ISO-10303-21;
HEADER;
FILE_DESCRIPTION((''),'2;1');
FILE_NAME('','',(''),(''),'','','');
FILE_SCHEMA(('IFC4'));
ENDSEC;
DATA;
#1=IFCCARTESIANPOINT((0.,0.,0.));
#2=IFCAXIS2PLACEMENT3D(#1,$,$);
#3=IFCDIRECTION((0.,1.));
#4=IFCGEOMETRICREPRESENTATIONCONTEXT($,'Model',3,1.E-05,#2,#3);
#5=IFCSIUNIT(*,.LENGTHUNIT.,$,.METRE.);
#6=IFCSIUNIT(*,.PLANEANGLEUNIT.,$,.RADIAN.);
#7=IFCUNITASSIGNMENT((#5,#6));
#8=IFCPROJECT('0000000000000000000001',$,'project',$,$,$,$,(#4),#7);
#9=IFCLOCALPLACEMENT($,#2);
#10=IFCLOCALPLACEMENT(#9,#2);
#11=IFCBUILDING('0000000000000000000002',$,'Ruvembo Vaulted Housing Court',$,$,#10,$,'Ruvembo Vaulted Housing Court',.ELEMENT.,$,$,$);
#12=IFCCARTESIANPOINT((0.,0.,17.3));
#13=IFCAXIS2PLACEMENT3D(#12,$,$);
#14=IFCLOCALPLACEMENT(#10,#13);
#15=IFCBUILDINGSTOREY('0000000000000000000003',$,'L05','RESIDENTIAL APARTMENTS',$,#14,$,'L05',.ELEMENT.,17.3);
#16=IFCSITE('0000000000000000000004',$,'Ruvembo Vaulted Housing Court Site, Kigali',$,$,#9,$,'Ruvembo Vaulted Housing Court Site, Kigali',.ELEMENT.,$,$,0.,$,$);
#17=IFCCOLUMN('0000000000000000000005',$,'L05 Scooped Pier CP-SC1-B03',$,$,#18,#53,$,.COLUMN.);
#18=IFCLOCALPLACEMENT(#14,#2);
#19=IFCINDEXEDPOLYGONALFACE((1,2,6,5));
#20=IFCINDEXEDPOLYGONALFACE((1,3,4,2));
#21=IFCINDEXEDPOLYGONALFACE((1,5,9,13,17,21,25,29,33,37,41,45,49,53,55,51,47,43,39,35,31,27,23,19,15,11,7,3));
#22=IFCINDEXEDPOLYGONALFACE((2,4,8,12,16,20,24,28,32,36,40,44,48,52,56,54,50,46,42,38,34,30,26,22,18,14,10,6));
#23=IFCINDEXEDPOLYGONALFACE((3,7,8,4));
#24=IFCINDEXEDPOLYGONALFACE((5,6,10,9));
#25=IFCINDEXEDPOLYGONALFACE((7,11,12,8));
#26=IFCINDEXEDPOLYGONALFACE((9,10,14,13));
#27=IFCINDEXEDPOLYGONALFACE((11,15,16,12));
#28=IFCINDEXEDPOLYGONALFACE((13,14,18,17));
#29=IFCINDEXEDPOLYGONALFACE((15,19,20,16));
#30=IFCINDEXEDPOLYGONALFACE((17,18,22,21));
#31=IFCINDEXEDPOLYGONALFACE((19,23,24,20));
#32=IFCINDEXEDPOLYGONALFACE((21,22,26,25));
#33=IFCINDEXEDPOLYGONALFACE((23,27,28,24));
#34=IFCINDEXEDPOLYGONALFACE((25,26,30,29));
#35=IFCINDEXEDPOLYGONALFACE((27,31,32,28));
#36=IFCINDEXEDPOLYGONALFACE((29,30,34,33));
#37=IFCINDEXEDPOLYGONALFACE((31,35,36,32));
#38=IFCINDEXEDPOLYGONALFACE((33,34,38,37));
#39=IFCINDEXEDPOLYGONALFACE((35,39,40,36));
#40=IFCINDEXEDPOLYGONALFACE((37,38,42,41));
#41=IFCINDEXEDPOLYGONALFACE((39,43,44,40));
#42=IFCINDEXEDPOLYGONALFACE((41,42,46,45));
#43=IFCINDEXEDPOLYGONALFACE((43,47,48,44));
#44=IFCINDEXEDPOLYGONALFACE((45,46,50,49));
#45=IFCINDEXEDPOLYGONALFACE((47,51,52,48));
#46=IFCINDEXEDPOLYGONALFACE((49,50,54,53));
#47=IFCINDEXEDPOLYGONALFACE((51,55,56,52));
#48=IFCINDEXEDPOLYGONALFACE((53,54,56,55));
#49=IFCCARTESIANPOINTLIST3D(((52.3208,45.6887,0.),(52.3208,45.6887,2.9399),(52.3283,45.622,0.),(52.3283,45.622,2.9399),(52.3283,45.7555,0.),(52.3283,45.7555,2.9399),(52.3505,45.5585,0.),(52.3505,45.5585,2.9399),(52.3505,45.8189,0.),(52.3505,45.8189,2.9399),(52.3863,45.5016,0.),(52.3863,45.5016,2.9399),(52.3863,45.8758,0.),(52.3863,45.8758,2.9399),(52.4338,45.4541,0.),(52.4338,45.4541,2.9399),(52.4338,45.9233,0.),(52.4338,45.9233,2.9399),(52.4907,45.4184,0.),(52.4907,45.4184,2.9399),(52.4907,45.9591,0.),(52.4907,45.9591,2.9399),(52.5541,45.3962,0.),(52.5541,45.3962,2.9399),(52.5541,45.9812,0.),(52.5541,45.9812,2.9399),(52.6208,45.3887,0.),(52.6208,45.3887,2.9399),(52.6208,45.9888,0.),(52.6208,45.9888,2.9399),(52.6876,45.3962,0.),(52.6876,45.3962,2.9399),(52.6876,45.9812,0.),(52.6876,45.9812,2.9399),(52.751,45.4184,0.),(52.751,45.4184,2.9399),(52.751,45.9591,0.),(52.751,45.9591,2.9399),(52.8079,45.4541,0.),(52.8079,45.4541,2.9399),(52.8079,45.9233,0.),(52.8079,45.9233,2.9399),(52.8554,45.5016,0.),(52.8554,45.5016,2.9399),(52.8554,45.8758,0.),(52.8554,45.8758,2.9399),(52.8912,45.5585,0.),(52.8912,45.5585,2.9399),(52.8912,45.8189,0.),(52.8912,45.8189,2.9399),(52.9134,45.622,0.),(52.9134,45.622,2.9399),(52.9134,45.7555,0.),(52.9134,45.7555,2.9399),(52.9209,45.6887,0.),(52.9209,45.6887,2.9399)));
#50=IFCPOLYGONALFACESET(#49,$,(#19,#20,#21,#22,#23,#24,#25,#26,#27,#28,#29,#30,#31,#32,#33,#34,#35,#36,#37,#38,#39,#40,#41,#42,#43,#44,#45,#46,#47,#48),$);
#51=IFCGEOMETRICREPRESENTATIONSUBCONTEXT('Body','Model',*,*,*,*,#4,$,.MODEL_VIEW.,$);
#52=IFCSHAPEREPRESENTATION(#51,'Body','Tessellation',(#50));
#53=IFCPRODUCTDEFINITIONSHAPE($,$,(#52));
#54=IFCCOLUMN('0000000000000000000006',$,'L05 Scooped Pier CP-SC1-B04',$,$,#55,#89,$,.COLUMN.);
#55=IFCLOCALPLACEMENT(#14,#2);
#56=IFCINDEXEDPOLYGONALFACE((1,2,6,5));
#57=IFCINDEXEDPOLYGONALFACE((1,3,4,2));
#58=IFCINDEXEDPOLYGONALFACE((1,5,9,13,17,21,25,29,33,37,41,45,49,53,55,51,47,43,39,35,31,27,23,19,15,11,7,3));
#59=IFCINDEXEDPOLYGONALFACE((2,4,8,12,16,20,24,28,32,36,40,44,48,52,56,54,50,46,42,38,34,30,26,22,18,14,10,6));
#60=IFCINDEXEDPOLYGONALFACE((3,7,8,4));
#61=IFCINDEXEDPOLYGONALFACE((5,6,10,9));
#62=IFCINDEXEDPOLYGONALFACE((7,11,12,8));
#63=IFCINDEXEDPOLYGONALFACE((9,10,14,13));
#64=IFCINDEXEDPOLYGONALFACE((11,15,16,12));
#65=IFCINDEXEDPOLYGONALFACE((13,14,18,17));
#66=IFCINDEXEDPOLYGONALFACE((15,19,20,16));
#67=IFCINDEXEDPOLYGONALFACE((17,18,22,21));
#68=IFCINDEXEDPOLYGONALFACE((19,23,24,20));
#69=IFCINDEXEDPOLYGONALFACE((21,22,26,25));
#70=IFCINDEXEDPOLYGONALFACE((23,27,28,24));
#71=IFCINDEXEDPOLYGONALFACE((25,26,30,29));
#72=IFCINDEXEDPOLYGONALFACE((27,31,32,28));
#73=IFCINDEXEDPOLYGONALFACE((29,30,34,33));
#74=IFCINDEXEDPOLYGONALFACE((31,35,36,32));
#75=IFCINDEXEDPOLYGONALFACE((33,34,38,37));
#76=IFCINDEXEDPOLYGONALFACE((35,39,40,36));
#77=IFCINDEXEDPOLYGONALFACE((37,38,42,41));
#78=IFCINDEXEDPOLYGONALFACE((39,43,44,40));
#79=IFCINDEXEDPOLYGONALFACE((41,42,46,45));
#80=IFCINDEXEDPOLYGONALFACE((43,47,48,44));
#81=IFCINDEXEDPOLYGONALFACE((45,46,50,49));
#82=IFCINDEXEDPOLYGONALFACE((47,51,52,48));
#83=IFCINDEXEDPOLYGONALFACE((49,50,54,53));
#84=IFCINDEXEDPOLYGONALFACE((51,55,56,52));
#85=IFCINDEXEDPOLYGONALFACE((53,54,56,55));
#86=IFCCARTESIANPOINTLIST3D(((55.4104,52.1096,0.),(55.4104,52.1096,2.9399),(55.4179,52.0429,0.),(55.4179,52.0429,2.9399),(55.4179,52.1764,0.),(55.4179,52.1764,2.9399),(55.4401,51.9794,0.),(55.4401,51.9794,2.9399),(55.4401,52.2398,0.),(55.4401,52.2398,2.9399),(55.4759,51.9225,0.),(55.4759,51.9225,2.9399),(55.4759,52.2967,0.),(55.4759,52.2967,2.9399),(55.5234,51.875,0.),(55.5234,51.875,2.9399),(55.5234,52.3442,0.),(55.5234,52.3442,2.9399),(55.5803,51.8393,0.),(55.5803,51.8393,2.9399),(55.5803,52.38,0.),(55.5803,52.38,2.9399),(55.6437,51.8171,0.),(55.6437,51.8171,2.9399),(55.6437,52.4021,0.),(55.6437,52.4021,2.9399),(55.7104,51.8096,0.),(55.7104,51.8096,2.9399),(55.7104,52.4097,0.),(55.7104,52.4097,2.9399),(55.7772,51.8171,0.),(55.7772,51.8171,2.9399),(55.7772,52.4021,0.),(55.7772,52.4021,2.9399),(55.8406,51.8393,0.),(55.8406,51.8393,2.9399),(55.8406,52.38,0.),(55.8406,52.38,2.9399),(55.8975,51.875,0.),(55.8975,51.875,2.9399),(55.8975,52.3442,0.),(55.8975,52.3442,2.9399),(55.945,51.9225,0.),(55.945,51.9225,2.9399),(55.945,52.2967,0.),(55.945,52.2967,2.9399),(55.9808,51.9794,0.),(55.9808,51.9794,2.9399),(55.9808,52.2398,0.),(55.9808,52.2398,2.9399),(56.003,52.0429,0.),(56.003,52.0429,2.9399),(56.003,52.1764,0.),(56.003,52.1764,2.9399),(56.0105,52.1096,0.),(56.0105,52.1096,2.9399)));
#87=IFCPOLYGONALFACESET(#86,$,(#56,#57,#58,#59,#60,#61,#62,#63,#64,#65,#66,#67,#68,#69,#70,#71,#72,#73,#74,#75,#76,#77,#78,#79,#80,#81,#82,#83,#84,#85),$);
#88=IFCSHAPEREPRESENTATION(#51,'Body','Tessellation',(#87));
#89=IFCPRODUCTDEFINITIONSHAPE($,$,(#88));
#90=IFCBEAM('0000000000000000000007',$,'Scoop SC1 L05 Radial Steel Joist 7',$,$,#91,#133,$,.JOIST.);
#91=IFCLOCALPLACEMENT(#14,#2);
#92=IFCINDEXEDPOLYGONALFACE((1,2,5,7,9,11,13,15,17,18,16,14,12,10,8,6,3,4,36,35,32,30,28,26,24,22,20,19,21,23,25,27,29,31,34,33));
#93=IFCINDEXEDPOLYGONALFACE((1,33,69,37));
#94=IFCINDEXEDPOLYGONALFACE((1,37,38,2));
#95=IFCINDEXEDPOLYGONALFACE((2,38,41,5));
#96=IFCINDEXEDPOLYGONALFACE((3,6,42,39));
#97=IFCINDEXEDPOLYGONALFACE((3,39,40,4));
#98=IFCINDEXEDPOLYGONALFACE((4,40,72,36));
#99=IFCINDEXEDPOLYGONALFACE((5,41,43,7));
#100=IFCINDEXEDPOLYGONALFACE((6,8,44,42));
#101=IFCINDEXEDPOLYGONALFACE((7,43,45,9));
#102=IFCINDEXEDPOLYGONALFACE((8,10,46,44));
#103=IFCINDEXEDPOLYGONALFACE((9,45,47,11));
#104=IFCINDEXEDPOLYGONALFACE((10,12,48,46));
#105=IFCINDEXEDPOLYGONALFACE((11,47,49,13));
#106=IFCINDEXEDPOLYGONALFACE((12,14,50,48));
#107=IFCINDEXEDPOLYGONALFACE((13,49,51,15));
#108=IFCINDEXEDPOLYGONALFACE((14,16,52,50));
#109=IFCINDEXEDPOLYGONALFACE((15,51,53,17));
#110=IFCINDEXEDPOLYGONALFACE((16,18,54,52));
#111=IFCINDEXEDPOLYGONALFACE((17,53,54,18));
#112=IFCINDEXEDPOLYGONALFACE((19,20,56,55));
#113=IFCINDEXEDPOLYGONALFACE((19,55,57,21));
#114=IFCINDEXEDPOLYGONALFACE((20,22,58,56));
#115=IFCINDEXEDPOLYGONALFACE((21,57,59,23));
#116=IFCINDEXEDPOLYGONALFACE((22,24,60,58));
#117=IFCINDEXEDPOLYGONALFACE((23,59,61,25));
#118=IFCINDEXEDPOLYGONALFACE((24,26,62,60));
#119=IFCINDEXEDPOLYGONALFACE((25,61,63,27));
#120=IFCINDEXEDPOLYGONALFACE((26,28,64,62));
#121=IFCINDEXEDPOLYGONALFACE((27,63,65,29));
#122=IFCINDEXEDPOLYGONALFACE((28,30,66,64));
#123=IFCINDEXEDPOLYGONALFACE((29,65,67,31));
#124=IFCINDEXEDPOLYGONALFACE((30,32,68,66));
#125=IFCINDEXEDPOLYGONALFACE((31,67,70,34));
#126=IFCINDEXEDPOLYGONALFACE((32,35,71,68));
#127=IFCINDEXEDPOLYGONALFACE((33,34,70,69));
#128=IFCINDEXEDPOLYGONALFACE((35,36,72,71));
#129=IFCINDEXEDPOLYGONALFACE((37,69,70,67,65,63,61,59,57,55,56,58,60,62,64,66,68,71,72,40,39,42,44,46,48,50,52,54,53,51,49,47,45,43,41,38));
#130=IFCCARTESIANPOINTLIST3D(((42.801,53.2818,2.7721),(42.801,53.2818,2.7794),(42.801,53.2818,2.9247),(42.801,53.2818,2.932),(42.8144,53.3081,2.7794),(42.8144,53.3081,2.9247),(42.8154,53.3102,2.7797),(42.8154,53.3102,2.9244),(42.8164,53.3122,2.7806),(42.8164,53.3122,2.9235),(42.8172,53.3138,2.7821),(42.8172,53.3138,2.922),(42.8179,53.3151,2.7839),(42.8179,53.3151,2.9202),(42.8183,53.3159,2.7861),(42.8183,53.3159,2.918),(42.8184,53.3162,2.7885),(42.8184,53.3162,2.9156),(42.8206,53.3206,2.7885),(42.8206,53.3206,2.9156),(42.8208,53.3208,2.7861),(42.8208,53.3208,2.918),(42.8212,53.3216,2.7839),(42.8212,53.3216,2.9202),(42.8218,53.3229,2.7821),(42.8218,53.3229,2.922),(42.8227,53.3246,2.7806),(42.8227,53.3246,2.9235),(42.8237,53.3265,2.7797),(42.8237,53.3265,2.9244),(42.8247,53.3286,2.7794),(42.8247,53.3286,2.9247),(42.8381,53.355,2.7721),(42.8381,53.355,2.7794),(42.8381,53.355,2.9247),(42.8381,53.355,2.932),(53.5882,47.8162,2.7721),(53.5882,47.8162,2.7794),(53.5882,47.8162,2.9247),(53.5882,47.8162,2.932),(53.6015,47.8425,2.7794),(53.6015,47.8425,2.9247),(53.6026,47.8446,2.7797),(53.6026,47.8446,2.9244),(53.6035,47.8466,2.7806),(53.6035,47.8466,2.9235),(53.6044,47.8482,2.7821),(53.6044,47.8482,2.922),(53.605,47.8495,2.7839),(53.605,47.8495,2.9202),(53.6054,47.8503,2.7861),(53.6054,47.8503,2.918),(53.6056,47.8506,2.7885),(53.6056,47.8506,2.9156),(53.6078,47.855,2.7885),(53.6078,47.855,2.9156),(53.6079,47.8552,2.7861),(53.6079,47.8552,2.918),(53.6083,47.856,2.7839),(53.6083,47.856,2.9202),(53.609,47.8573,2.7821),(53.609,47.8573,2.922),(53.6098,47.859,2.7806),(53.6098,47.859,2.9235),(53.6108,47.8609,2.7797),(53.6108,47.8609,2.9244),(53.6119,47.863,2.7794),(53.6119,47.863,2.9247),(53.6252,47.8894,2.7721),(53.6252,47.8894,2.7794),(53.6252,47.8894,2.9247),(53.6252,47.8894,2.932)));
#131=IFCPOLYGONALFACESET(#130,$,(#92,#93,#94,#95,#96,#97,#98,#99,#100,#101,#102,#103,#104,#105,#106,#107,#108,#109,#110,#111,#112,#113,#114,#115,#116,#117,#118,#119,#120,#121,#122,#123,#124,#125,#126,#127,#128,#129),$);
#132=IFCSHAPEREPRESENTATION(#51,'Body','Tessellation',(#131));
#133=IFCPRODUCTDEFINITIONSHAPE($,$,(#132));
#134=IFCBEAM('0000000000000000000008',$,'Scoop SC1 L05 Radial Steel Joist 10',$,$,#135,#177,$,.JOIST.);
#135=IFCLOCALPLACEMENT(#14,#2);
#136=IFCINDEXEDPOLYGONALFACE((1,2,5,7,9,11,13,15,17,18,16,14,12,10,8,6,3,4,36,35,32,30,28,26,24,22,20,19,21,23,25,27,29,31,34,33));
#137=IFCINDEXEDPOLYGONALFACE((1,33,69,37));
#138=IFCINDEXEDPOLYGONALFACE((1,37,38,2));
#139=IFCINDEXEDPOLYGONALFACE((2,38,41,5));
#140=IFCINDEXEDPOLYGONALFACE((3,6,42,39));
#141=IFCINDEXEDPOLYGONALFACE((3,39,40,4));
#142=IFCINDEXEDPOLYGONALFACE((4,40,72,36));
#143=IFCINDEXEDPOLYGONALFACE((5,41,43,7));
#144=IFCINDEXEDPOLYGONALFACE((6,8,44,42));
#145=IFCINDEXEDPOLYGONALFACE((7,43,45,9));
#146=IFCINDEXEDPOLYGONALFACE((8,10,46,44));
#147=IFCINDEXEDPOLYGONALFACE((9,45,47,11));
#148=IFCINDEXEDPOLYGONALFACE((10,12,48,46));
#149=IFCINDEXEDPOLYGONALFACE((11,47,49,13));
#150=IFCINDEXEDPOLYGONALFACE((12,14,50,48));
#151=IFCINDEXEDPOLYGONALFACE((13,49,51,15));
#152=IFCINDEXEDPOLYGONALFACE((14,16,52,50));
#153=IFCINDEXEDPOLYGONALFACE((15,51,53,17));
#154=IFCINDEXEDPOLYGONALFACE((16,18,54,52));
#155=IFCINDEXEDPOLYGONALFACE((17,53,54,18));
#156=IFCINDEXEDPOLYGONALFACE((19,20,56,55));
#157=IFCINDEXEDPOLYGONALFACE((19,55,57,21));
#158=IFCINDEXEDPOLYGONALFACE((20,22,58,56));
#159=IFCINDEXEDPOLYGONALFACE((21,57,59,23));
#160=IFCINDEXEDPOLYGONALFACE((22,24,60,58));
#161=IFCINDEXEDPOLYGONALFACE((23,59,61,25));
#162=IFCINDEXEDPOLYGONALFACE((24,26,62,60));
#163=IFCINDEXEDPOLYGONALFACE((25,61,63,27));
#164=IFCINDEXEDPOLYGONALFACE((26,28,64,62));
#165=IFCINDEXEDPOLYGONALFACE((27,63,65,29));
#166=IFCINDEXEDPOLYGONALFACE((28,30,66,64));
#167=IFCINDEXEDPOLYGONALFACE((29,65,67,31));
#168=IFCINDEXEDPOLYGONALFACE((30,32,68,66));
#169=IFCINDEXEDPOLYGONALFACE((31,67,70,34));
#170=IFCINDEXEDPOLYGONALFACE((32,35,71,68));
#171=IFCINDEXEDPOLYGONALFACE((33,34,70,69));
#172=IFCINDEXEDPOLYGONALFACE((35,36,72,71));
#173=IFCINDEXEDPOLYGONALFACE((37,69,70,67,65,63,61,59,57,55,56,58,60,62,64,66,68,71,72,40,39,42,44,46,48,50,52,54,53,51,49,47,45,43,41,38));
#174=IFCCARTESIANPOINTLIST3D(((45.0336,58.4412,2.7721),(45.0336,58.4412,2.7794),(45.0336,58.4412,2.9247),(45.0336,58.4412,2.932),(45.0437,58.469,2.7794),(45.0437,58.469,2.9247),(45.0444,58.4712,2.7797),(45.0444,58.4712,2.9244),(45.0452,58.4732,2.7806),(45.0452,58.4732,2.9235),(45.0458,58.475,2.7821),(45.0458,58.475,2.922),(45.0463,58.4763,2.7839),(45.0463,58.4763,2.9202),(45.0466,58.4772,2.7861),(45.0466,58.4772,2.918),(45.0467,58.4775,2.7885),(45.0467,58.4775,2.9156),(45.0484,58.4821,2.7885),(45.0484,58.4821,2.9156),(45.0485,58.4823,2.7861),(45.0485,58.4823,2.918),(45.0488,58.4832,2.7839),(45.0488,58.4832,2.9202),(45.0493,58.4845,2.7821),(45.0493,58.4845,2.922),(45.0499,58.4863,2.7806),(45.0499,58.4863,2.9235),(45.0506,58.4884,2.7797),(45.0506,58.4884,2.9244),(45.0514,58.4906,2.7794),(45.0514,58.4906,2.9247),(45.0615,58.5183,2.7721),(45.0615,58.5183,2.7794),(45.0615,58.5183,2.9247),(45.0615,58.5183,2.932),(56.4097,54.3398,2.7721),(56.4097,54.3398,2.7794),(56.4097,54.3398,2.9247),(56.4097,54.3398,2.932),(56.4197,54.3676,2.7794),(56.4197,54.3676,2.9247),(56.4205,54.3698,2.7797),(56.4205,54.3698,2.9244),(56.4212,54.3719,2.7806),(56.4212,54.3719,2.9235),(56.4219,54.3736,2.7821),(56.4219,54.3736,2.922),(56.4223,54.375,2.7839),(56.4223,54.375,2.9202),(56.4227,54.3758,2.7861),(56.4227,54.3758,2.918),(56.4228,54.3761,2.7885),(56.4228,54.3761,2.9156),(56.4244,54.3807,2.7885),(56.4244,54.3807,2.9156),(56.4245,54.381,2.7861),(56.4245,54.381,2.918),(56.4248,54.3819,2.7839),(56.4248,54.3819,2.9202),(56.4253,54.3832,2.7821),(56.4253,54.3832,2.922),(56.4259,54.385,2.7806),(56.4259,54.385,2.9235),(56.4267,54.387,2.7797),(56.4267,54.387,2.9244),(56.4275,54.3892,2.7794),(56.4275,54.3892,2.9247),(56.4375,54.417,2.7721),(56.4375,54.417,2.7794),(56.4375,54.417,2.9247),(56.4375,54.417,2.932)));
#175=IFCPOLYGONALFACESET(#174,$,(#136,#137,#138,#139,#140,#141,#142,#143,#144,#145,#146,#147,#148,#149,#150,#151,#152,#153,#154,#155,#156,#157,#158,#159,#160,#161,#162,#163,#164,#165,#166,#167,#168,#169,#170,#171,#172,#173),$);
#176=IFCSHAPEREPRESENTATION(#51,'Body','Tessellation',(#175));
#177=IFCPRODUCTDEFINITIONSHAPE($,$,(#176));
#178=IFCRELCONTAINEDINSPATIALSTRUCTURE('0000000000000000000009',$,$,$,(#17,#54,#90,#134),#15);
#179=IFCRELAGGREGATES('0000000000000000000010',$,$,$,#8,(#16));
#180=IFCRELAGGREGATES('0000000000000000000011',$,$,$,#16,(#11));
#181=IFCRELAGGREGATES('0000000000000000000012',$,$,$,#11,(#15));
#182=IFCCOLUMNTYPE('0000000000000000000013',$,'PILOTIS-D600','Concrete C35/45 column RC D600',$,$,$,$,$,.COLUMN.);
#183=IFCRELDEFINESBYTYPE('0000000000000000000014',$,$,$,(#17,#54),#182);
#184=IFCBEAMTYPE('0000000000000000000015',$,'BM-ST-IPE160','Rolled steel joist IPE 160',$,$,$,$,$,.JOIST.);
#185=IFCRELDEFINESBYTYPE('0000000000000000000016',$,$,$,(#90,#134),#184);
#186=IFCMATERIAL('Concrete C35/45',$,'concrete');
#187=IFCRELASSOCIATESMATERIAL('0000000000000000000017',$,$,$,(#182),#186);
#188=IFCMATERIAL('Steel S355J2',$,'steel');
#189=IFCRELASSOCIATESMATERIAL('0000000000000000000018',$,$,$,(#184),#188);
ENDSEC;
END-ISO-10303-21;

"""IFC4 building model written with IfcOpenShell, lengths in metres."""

from ifc_helpers import new_model, si_unit, direction, frame, origin, origin_2d, place, context, subcontext, project, spatial, circle, i_section, extrude, material, material_profile, profile_set, type_object, element, save


model = new_model("IFC4")

# Units and contexts
model_context = context("Model", 3, precision=1e-05, world=origin(), true_north=direction((0.0, 1.0)))
body_context = subcontext(model_context, "Body", "Model", "MODEL_VIEW")
ifc_project = project(units=[si_unit("LENGTHUNIT", "METRE"), si_unit("PLANEANGLEUNIT", "RADIAN")], contexts=[model_context])

# Site, building, storey
site_placement = place(None, origin())
site = spatial("IfcSite", under=ifc_project, at=site_placement, Name="Ruvembo Vaulted Housing Court Site, Kigali", LongName="Ruvembo Vaulted Housing Court Site, Kigali", CompositionType="ELEMENT", RefElevation=0.0)
building_placement = place(site_placement, origin())
building = spatial("IfcBuilding", under=site, at=building_placement, Name="Ruvembo Vaulted Housing Court", LongName="Ruvembo Vaulted Housing Court", CompositionType="ELEMENT")
storey_placement = place(building_placement, frame((0.0, 0.0, 17.3)))
storey = spatial("IfcBuildingStorey", under=building, at=storey_placement, Name="L05", Description="RESIDENTIAL APARTMENTS", LongName="L05", CompositionType="ELEMENT", Elevation=17.3)

# Columns
ifc_material_1 = material(Name="Concrete C35/45", Category="concrete")
ifc_material_profile_1 = material_profile(ifc_material_1, circle(Radius=0.3, at=origin_2d()), Name="RC D600")
ifc_profile_set_1 = profile_set([ifc_material_profile_1], Name="Concrete C35/45")
column_type = type_object("IfcColumnType", Name="PILOTIS-D600", Description="Concrete C35/45 column RC D600", PredefinedType="COLUMN", material=ifc_profile_set_1)
for number, where, z_axis, x_axis, name in (
    (1, (52.6208, 45.6887, 0.0), (0.0, 0.0, 1.0), (1.0, 0.0, 0.0), "L05 Scooped Pier CP-SC1-B03"),
    (2, (55.7104, 52.1096, 0.0), (0.0, 0.0, 1.0), (1.0, 0.0, 0.0), "L05 Scooped Pier CP-SC1-B04"),
):
    element("IfcColumn", number, at=place(storey_placement, frame(where, z_axis=z_axis, x_axis=x_axis)), inside=storey, type_object=column_type, Name=name, PredefinedType="COLUMN", context=body_context, shape_type="SweptSolid", body=[
        extrude(circle(Radius=0.3, at=origin_2d()), origin(), (0.0, 0.0, 1.0), 2.9399),
    ])

# Beams
ifc_material_2 = material(Name="Steel S355J2", Category="steel")
ifc_material_profile_2 = material_profile(ifc_material_2, i_section(OverallWidth=0.082, OverallDepth=0.1599, WebThickness=0.0049, FlangeThickness=0.0073, FilletRadius=0.009, at=origin_2d()), Name="IPE 160")
ifc_profile_set_2 = profile_set([ifc_material_profile_2], Name="Steel S355J2")
beam_type_1 = type_object("IfcBeamType", Name="BM-ST-IPE160", Description="Rolled steel joist IPE 160", PredefinedType="JOIST", material=ifc_profile_set_2)
for number, where, z_axis, x_axis, name in (
    (3, (53.6067, 47.8528, 2.8521), (-0.892032, 0.451972, 0.0), (-0.451972, -0.892032, 0.0), "Scoop SC1 L05 Radial Steel Joist 7"),
    (4, (56.4236, 54.3784, 2.8521), (-0.94073, 0.339156, 0.0), (-0.339156, -0.94073, 0.0), "Scoop SC1 L05 Radial Steel Joist 10"),
):
    element("IfcBeam", number, at=place(storey_placement, frame(where, z_axis=z_axis, x_axis=x_axis)), inside=storey, type_object=beam_type_1, Name=name, PredefinedType="JOIST", context=body_context, shape_type="SweptSolid", body=[
        extrude(i_section(OverallWidth=0.082, OverallDepth=0.1599, WebThickness=0.0049, FlangeThickness=0.0073, FilletRadius=0.009, at=origin_2d()), origin(), (0.0, 0.0, 1.0), 12.0928),
    ])

save(model, "model.ifc")
